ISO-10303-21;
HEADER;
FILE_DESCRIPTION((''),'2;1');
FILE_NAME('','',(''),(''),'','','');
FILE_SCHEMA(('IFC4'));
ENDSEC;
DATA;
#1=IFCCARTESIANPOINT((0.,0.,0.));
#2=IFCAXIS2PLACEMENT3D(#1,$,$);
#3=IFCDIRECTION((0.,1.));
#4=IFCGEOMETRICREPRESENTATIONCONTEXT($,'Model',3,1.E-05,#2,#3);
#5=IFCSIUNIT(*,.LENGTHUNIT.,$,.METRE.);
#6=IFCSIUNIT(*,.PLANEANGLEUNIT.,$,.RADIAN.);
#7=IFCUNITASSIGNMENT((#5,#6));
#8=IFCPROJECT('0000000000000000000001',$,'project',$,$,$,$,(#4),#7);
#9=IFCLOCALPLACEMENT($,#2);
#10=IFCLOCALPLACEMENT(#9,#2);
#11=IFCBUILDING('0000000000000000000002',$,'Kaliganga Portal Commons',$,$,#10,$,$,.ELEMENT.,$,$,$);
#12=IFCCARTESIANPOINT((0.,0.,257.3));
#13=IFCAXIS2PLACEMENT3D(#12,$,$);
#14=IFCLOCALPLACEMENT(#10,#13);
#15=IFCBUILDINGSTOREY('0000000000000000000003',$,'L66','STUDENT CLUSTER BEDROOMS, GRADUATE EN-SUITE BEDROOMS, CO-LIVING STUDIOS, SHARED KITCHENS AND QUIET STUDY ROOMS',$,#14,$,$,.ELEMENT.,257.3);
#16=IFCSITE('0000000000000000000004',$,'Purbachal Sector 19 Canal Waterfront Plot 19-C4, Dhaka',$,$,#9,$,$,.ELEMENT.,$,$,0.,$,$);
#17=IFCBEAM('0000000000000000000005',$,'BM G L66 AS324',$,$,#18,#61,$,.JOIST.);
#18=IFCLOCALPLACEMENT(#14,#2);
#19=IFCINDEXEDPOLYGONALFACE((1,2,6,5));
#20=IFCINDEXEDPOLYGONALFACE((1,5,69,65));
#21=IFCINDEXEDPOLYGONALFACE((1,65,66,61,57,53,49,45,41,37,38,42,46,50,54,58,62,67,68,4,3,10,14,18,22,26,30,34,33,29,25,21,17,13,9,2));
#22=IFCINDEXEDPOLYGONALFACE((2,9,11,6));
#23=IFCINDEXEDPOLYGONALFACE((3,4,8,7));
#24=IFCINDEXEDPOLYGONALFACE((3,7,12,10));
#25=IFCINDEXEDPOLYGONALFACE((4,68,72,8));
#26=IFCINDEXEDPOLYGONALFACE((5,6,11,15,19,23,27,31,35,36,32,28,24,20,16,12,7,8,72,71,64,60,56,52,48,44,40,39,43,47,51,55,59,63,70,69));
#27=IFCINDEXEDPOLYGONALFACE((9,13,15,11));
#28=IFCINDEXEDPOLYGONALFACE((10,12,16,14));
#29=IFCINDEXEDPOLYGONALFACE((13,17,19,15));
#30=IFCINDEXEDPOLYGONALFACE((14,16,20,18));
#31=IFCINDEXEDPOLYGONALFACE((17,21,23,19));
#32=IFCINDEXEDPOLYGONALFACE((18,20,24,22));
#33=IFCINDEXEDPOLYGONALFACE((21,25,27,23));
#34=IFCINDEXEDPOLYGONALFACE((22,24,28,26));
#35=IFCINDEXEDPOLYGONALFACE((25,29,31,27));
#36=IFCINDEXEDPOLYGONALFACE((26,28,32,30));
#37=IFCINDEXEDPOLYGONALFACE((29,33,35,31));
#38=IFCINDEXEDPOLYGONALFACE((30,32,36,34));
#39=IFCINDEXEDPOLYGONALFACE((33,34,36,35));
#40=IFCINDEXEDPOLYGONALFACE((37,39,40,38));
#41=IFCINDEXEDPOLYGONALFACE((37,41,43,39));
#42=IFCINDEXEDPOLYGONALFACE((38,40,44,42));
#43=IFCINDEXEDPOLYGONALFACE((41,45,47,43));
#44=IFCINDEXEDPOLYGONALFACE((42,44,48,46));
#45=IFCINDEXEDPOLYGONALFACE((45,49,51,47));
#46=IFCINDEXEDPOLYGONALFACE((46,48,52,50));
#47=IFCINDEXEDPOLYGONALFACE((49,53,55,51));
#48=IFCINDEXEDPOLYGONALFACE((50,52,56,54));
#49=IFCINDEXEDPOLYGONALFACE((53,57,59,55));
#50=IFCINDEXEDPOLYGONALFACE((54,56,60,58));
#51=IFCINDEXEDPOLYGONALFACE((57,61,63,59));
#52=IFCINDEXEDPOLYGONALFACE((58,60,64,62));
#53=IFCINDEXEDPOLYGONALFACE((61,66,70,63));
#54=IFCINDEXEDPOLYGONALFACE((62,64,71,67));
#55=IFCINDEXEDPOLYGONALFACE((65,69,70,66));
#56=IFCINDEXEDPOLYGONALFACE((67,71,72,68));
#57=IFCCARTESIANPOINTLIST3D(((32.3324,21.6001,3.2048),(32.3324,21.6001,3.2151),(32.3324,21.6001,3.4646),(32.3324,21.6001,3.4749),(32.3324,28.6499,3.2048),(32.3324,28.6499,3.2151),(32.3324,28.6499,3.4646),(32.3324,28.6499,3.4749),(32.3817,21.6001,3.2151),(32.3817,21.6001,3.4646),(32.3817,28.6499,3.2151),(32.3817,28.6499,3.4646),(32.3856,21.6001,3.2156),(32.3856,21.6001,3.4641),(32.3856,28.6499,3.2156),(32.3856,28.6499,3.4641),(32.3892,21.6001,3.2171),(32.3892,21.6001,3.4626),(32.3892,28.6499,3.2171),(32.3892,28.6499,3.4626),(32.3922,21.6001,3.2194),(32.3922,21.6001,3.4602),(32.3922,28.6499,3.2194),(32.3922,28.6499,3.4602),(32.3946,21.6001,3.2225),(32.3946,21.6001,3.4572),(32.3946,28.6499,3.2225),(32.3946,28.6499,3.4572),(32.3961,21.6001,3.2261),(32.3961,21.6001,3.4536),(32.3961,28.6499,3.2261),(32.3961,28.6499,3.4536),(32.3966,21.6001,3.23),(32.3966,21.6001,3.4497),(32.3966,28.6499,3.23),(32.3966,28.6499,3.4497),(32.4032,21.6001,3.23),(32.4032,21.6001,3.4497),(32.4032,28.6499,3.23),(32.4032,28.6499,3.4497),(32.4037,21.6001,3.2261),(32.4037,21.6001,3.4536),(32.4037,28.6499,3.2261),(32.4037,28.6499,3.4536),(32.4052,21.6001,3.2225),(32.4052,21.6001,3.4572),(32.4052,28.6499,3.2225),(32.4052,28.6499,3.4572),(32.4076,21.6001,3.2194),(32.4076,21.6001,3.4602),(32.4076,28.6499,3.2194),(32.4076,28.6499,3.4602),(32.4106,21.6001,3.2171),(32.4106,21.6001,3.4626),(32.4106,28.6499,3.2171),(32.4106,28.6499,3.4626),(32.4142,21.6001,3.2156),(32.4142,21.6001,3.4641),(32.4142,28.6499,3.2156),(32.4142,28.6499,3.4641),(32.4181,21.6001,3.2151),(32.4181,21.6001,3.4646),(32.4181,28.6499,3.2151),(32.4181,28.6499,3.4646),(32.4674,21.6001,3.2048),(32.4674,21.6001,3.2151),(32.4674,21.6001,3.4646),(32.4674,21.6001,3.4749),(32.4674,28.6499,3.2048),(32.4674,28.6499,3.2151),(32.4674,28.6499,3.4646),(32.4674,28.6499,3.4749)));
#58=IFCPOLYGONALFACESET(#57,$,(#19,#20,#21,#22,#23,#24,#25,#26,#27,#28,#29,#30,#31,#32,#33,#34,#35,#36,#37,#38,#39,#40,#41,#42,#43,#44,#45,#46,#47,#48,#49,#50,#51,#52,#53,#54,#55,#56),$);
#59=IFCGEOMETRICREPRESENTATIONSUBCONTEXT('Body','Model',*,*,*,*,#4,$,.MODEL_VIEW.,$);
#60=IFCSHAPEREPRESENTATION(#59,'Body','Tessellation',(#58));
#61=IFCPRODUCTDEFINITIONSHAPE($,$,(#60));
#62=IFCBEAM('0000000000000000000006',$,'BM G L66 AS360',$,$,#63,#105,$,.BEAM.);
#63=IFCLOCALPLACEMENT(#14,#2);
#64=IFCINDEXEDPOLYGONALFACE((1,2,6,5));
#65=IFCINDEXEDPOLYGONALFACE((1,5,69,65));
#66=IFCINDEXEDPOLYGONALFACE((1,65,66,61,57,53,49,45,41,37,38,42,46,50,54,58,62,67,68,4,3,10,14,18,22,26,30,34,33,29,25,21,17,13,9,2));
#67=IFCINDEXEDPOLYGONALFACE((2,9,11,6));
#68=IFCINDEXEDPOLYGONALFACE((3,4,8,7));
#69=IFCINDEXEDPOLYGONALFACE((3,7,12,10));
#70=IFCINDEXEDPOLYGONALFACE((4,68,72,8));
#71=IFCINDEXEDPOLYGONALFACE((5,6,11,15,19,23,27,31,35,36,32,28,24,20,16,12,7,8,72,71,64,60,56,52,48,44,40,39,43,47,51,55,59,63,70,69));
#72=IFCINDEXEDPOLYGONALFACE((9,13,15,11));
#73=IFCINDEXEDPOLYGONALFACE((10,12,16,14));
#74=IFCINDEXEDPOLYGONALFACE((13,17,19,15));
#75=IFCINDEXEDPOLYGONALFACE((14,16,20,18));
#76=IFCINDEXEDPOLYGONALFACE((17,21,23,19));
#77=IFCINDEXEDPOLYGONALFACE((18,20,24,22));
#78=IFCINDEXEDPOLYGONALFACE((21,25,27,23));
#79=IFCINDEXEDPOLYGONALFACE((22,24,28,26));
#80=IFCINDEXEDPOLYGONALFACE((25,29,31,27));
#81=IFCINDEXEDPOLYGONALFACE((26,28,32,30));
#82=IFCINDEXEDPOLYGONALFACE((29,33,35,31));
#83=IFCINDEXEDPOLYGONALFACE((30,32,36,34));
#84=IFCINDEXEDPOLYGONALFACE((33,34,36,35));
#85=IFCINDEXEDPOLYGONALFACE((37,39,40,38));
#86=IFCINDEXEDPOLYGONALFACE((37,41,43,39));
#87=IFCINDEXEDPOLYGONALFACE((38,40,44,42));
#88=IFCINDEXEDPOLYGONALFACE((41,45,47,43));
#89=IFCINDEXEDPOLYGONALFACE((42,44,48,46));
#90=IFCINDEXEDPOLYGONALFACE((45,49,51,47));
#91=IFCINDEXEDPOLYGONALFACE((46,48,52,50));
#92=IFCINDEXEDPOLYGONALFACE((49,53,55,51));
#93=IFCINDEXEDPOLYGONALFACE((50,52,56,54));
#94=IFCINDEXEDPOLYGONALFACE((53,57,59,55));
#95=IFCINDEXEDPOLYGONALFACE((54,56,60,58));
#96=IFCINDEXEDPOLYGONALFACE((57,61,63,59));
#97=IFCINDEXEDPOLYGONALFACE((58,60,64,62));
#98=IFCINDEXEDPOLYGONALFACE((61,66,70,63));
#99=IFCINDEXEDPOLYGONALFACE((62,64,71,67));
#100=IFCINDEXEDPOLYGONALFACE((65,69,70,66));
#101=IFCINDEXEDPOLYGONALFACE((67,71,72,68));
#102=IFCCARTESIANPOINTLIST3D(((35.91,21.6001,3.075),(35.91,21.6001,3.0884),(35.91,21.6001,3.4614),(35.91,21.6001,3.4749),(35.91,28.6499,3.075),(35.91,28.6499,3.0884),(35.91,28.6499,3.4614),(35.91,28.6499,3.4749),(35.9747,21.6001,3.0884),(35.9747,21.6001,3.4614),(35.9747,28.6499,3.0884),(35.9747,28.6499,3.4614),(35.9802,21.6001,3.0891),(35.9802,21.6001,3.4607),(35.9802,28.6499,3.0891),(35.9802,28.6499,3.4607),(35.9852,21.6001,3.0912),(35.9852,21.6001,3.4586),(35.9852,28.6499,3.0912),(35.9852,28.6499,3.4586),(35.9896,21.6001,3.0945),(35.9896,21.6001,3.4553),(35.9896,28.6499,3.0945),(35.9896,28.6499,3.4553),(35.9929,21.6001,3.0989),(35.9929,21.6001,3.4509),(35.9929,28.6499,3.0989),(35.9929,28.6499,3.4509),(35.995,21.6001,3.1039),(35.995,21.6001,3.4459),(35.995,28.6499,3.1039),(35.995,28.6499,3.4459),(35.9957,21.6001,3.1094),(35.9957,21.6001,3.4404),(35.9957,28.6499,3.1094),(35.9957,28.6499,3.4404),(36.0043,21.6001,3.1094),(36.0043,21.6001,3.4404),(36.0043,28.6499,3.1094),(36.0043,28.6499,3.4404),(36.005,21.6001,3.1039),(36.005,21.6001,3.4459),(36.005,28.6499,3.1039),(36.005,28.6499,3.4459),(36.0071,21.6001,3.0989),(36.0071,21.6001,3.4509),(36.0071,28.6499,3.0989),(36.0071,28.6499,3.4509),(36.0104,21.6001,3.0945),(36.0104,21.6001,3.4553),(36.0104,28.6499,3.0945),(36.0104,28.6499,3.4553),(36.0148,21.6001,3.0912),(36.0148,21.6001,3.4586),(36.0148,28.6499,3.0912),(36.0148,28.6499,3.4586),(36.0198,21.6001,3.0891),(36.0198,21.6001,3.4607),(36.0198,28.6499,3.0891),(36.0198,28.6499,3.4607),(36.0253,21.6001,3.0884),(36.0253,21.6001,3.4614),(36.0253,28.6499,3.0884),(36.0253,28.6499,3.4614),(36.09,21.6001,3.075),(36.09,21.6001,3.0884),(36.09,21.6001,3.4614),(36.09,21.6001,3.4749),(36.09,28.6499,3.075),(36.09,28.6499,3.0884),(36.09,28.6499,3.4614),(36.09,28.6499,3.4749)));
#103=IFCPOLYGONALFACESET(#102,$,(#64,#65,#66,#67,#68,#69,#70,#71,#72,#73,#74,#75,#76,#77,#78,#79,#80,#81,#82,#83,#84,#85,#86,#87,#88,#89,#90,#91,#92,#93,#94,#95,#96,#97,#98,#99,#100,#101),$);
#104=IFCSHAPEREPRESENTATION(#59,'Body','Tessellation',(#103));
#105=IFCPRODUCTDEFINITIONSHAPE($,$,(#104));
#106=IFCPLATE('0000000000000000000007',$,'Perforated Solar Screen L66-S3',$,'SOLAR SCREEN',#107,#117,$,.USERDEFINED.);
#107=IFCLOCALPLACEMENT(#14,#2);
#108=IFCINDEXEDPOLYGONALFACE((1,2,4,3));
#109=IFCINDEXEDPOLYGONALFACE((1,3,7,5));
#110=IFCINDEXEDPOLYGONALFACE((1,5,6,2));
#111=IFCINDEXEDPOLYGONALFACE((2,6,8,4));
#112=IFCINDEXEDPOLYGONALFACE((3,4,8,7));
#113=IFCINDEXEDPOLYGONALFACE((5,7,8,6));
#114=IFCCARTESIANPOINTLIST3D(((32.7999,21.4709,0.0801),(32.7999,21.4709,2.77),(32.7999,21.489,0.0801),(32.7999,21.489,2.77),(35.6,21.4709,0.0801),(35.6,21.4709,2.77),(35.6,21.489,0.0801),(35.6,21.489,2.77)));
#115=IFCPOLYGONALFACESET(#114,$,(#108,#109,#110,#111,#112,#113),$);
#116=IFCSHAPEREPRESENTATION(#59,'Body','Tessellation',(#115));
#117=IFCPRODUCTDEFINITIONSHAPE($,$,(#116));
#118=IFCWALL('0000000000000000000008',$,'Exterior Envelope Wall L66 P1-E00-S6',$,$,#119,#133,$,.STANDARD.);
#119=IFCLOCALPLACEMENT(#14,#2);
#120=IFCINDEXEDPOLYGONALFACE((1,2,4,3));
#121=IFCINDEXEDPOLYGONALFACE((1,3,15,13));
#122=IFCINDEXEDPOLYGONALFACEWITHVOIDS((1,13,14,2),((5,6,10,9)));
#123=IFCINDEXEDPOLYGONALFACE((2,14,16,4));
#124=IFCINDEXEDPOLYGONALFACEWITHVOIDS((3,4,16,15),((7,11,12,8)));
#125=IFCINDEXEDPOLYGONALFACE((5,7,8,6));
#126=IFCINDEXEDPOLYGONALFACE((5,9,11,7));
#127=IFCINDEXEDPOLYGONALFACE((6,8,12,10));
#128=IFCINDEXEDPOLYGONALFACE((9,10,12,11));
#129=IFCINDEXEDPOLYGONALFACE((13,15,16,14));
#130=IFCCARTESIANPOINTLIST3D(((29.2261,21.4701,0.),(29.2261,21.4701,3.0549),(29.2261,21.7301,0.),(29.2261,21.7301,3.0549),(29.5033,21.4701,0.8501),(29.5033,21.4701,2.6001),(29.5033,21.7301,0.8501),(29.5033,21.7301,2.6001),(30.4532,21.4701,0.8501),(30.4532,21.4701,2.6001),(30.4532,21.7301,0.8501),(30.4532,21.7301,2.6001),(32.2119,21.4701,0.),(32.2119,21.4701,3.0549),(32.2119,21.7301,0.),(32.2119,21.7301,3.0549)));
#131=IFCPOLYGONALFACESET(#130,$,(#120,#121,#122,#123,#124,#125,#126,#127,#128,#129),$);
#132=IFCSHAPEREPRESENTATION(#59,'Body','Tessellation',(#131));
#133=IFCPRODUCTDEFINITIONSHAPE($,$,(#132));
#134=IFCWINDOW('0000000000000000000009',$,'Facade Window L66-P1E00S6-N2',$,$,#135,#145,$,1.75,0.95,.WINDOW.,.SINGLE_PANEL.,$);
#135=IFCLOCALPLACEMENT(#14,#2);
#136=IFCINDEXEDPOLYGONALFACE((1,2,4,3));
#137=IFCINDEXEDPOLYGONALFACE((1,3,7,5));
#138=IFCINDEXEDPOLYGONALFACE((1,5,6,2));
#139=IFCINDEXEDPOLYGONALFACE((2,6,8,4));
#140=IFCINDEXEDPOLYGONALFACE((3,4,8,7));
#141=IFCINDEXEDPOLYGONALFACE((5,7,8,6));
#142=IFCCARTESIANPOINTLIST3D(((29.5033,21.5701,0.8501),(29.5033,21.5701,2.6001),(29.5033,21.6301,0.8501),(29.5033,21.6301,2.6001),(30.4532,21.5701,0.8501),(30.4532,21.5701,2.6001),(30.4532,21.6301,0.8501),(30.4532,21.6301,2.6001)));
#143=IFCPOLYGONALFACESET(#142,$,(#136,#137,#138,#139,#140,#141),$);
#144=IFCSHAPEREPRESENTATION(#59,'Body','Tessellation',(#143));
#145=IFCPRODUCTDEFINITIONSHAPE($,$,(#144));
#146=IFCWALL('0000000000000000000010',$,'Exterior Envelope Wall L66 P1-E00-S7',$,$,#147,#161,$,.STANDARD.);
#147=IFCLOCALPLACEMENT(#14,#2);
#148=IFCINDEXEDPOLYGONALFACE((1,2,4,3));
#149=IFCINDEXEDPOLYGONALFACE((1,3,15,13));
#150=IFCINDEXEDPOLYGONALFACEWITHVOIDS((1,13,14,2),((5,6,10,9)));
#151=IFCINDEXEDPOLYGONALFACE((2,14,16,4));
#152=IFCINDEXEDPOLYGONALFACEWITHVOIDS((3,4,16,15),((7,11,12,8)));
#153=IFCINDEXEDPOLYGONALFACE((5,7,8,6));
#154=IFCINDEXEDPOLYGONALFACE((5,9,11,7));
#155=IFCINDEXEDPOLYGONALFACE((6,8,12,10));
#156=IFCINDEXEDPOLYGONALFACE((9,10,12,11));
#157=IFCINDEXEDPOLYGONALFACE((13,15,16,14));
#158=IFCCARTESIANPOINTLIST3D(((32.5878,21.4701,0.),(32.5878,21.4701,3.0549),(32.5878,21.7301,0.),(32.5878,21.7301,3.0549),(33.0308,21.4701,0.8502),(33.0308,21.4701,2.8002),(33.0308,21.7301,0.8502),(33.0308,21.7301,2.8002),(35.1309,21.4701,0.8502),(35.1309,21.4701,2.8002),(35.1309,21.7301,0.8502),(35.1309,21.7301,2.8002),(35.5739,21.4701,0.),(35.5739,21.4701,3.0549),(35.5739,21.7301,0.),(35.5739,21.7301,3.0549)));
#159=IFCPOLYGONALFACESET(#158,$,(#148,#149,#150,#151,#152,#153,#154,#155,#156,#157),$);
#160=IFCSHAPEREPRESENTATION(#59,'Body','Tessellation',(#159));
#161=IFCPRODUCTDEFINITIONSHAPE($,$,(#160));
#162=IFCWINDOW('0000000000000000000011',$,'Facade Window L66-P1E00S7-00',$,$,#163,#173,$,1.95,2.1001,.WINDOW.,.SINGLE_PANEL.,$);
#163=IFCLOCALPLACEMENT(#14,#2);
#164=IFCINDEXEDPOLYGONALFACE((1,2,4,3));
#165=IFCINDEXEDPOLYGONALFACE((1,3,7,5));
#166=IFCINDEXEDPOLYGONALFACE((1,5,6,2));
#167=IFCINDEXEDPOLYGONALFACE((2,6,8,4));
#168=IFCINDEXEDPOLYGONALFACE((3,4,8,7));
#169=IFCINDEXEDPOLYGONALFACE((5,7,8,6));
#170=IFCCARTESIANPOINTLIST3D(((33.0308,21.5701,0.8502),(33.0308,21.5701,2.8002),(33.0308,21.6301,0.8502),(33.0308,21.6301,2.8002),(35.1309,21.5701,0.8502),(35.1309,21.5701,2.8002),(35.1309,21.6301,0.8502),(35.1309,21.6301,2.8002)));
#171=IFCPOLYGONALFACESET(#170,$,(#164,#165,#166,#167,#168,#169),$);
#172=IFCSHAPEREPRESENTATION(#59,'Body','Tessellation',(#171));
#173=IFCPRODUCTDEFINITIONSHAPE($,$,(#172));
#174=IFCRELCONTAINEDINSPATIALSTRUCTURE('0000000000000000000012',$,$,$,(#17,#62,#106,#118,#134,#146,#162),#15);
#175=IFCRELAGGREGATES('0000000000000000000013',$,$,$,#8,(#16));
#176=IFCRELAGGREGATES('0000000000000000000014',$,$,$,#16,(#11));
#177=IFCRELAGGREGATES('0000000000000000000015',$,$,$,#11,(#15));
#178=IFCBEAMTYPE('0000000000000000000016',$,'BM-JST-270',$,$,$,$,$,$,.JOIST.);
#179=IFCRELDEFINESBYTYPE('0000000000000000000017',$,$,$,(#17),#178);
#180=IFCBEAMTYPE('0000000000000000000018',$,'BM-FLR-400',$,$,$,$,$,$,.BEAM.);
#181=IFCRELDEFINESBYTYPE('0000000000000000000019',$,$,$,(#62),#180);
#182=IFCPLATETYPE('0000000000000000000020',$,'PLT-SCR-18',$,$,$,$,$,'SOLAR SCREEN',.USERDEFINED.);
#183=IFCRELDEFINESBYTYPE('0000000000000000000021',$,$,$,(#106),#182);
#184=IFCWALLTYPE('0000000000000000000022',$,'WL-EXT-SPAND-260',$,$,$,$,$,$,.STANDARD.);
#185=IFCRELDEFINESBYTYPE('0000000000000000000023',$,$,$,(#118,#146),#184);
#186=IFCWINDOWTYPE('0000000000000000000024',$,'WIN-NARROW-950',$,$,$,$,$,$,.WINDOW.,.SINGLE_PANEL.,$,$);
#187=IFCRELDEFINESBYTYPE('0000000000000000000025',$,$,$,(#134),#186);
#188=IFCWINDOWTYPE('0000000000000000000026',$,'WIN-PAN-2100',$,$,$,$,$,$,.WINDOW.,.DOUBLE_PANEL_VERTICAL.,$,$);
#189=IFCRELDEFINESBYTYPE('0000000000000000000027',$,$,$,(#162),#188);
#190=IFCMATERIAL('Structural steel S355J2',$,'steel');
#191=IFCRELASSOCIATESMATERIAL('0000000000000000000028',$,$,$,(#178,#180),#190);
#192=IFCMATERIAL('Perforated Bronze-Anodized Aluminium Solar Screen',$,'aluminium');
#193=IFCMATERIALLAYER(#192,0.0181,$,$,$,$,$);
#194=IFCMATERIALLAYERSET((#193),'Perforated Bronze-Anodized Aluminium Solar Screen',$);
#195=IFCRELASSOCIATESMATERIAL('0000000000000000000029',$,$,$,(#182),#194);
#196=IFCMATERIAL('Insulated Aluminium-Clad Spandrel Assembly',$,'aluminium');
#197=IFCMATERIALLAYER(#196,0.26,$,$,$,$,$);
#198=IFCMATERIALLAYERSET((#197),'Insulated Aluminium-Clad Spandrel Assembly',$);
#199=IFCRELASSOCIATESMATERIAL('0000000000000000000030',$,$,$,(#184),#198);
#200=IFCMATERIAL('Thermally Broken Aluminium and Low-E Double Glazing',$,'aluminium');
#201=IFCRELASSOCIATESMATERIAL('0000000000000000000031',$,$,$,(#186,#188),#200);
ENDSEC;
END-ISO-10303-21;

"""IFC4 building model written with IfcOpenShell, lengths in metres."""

from ifc_helpers import new_model, si_unit, direction, frame, frame_2d, origin, origin_2d, place, context, subcontext, project, spatial, rectangle, i_section, extrude, source, transform, mapped, material, layer, layer_set, material_profile, profile_set, type_object, element, fill, save


model = new_model("IFC4")

# Units and contexts
model_context = context("Model", 3, precision=1e-05, world=origin(), true_north=direction((0.0, 1.0)))
body_context = subcontext(model_context, "Body", "Model", "MODEL_VIEW")
ifc_project = project(units=[si_unit("LENGTHUNIT", "METRE"), si_unit("PLANEANGLEUNIT", "RADIAN")], contexts=[model_context])

# Site, building, storey
site_placement = place(None, origin())
site = spatial("IfcSite", under=ifc_project, at=site_placement, Name="Purbachal Sector 19 Canal Waterfront Plot 19-C4, Dhaka", CompositionType="ELEMENT", RefElevation=0.0)
building_placement = place(site_placement, origin())
building = spatial("IfcBuilding", under=site, at=building_placement, Name="Kaliganga Portal Commons", CompositionType="ELEMENT")
storey_placement = place(building_placement, frame((0.0, 0.0, 257.3)))
storey = spatial("IfcBuildingStorey", under=building, at=storey_placement, Name="L66", Description="STUDENT CLUSTER BEDROOMS, GRADUATE EN-SUITE BEDROOMS, CO-LIVING STUDIOS, SHARED KITCHENS AND QUIET STUDY ROOMS", CompositionType="ELEMENT", Elevation=257.3)

# Shared definitions
ifc_material_1 = material(Name="Structural steel S355J2", Category="steel")

# Beams
ifc_material_profile_1 = material_profile(ifc_material_1, i_section(OverallWidth=0.135, OverallDepth=0.27, WebThickness=0.0066, FlangeThickness=0.0103, FilletRadius=0.0149, at=origin_2d()), Name="IPE 270")
ifc_profile_set_1 = profile_set([ifc_material_profile_1], Name="Structural steel S355J2 wide-flange")
beam_type_1 = type_object("IfcBeamType", Name="BM-JST-270", PredefinedType="JOIST", material=ifc_profile_set_1)
shared_shape_1 = source(origin(), body_context, "Body", "SweptSolid", [
    extrude(i_section(OverallWidth=0.135, OverallDepth=0.27, WebThickness=0.0066, FlangeThickness=0.0103, FilletRadius=0.0149, at=origin_2d()), origin(), (0.0, 0.0, 1.0), 7.0498),
])
beam_1_placement = place(storey_placement, frame((32.3999, 21.6001, 3.3398), z_axis=(0.0, 1.0, 0.0), x_axis=(-1.0, 0.0, 0.0)))
element("IfcBeam", 1, at=beam_1_placement, inside=storey, type_object=beam_type_1, Name="BM G L66 AS324", PredefinedType="JOIST", context=body_context, shape_type="MappedRepresentation", body=[
    mapped(shared_shape_1, transform((0.0, 0.0, 0.0), x_axis=(1.0, 0.0, 0.0), y_axis=(0.0, 1.0, 0.0), z_axis=(0.0, 0.0, 1.0), scale=1.0)),
])
ifc_material_profile_2 = material_profile(ifc_material_1, i_section(OverallWidth=0.1799, OverallDepth=0.3999, WebThickness=0.0085, FlangeThickness=0.0134, FilletRadius=0.021, at=origin_2d()), Name="IPE 400")
ifc_profile_set_2 = profile_set([ifc_material_profile_2], Name="Structural steel S355J2 wide-flange")
beam_type_2 = type_object("IfcBeamType", Name="BM-FLR-400", PredefinedType="BEAM", material=ifc_profile_set_2)
shared_shape_2 = source(origin(), body_context, "Body", "SweptSolid", [
    extrude(i_section(OverallWidth=0.1799, OverallDepth=0.3999, WebThickness=0.0085, FlangeThickness=0.0134, FilletRadius=0.021, at=origin_2d()), origin(), (0.0, 0.0, 1.0), 7.0498),
])
beam_2_placement = place(storey_placement, frame((36.0, 21.6001, 3.2749), z_axis=(0.0, 1.0, 0.0), x_axis=(-1.0, 0.0, 0.0)))
element("IfcBeam", 2, at=beam_2_placement, inside=storey, type_object=beam_type_2, Name="BM G L66 AS360", PredefinedType="BEAM", context=body_context, shape_type="MappedRepresentation", body=[
    mapped(shared_shape_2, transform((0.0, 0.0, 0.0), x_axis=(1.0, 0.0, 0.0), y_axis=(0.0, 1.0, 0.0), z_axis=(0.0, 0.0, 1.0), scale=1.0)),
])

# Plate
ifc_material_2 = material(Name="Perforated Bronze-Anodized Aluminium Solar Screen", Category="aluminium")
ifc_layer_1 = layer(ifc_material_2, 0.0181)
ifc_layer_set_1 = layer_set([ifc_layer_1], Name="Perforated Bronze-Anodized Aluminium Solar Screen")
plate_type = type_object("IfcPlateType", Name="PLT-SCR-18", ElementType="SOLAR SCREEN", PredefinedType="USERDEFINED", material=ifc_layer_set_1)
shared_shape_3 = source(origin(), body_context, "Body", "SweptSolid", [
    extrude(rectangle(XDim=2.8, YDim=0.0181, at=origin_2d()), origin(), (0.0, 0.0, 1.0), 2.6899),
])
plate_placement = place(storey_placement, frame((34.2, 21.48, 0.0801), z_axis=(0.0, 0.0, 1.0), x_axis=(1.0, 0.0, 0.0)))
element("IfcPlate", 3, at=plate_placement, inside=storey, type_object=plate_type, Name="Perforated Solar Screen L66-S3", ObjectType="SOLAR SCREEN", PredefinedType="USERDEFINED", context=body_context, shape_type="MappedRepresentation", body=[
    mapped(shared_shape_3, transform((0.0, 0.0, 0.0), x_axis=(1.0, 0.0, 0.0), y_axis=(0.0, 1.0, 0.0), z_axis=(0.0, 0.0, 1.0), scale=1.0)),
])

# Walls, openings, windows
ifc_material_3 = material(Name="Insulated Aluminium-Clad Spandrel Assembly", Category="aluminium")
ifc_layer_2 = layer(ifc_material_3, 0.26)
ifc_layer_set_2 = layer_set([ifc_layer_2], Name="Insulated Aluminium-Clad Spandrel Assembly")
wall_type_1 = type_object("IfcWallType", Name="WL-EXT-SPAND-260", PredefinedType="STANDARD", material=ifc_layer_set_2)
wall_1_placement = place(storey_placement, frame((32.2119, 21.6001, 0.0), z_axis=(0.0, 0.0, 1.0), x_axis=(-1.0, 0.0, 0.0)))
wall_1 = element("IfcWall", 4, at=wall_1_placement, inside=storey, type_object=wall_type_1, Name="Exterior Envelope Wall L66 P1-E00-S6", PredefinedType="STANDARD", context=body_context, shape_type="SweptSolid", body=[
    extrude(rectangle(XDim=2.9858, YDim=0.26, at=frame_2d((1.4929, 0.0))), origin(), (0.0, 0.0, 1.0), 3.0549),
])
opening_1_placement = place(wall_1_placement, frame((1.7585, 0.0, 0.8501)))
opening_1 = element("IfcOpeningElement", 5, at=opening_1_placement, cuts=wall_1, PredefinedType="OPENING", context=body_context, shape_type="SweptSolid", body=[
    extrude(rectangle(XDim=0.95, YDim=1.75, at=frame_2d((0.4751, 0.875))), frame((0.0, 0.1401, 0.0), z_axis=(0.0, -1.0, 0.0), x_axis=(1.0, 0.0, 0.0)), (0.0, 0.0, 1.0), 0.28),
])
ifc_material_4 = material(Name="Thermally Broken Aluminium and Low-E Double Glazing", Category="aluminium")
window_type_1 = type_object("IfcWindowType", Name="WIN-NARROW-950", PartitioningType="SINGLE_PANEL", PredefinedType="WINDOW", material=ifc_material_4)
window_1_placement = place(opening_1_placement, origin())
window_1 = element("IfcWindow", 6, at=window_1_placement, inside=storey, type_object=window_type_1, Name="Facade Window L66-P1E00S6-N2", OverallHeight=1.75, OverallWidth=0.95, PartitioningType="SINGLE_PANEL", PredefinedType="WINDOW", context=body_context, shape_type="SweptSolid", body=[
    extrude(rectangle(XDim=0.95, YDim=1.75, at=frame_2d((0.4751, 0.875))), frame((0.0, 0.03, 0.0), z_axis=(0.0, -1.0, 0.0), x_axis=(1.0, 0.0, 0.0)), (0.0, 0.0, 1.0), 0.0601),
])
fill(opening_1, window_1)
wall_2_placement = place(storey_placement, frame((35.574, 21.6001, 0.0), z_axis=(0.0, 0.0, 1.0), x_axis=(-1.0, 0.0, 0.0)))
wall_2 = element("IfcWall", 7, at=wall_2_placement, inside=storey, type_object=wall_type_1, Name="Exterior Envelope Wall L66 P1-E00-S7", PredefinedType="STANDARD", context=body_context, shape_type="SweptSolid", body=[
    extrude(rectangle(XDim=2.9861, YDim=0.26, at=frame_2d((1.4932, 0.0))), origin(), (0.0, 0.0, 1.0), 3.0549),
])
opening_2_placement = place(wall_2_placement, frame((0.4431, 0.0, 0.8501)))
opening_2 = element("IfcOpeningElement", 8, at=opening_2_placement, cuts=wall_2, PredefinedType="OPENING", context=body_context, shape_type="SweptSolid", body=[
    extrude(rectangle(XDim=2.1001, YDim=1.95, at=frame_2d((1.05, 0.9751))), frame((0.0, 0.1401, 0.0), z_axis=(0.0, -1.0, 0.0), x_axis=(1.0, 0.0, 0.0)), (0.0, 0.0, 1.0), 0.28),
])
window_type_2 = type_object("IfcWindowType", Name="WIN-PAN-2100", PartitioningType="DOUBLE_PANEL_VERTICAL", PredefinedType="WINDOW", material=ifc_material_4)
window_2_placement = place(opening_2_placement, origin())
window_2 = element("IfcWindow", 9, at=window_2_placement, inside=storey, type_object=window_type_2, Name="Facade Window L66-P1E00S7-00", OverallHeight=1.95, OverallWidth=2.1001, PartitioningType="SINGLE_PANEL", PredefinedType="WINDOW", context=body_context, shape_type="SweptSolid", body=[
    extrude(rectangle(XDim=2.1001, YDim=1.95, at=frame_2d((1.05, 0.9751))), frame((0.0, 0.03, 0.0), z_axis=(0.0, -1.0, 0.0), x_axis=(1.0, 0.0, 0.0)), (0.0, 0.0, 1.0), 0.0601),
])
fill(opening_2, window_2)

save(model, "model.ifc")
